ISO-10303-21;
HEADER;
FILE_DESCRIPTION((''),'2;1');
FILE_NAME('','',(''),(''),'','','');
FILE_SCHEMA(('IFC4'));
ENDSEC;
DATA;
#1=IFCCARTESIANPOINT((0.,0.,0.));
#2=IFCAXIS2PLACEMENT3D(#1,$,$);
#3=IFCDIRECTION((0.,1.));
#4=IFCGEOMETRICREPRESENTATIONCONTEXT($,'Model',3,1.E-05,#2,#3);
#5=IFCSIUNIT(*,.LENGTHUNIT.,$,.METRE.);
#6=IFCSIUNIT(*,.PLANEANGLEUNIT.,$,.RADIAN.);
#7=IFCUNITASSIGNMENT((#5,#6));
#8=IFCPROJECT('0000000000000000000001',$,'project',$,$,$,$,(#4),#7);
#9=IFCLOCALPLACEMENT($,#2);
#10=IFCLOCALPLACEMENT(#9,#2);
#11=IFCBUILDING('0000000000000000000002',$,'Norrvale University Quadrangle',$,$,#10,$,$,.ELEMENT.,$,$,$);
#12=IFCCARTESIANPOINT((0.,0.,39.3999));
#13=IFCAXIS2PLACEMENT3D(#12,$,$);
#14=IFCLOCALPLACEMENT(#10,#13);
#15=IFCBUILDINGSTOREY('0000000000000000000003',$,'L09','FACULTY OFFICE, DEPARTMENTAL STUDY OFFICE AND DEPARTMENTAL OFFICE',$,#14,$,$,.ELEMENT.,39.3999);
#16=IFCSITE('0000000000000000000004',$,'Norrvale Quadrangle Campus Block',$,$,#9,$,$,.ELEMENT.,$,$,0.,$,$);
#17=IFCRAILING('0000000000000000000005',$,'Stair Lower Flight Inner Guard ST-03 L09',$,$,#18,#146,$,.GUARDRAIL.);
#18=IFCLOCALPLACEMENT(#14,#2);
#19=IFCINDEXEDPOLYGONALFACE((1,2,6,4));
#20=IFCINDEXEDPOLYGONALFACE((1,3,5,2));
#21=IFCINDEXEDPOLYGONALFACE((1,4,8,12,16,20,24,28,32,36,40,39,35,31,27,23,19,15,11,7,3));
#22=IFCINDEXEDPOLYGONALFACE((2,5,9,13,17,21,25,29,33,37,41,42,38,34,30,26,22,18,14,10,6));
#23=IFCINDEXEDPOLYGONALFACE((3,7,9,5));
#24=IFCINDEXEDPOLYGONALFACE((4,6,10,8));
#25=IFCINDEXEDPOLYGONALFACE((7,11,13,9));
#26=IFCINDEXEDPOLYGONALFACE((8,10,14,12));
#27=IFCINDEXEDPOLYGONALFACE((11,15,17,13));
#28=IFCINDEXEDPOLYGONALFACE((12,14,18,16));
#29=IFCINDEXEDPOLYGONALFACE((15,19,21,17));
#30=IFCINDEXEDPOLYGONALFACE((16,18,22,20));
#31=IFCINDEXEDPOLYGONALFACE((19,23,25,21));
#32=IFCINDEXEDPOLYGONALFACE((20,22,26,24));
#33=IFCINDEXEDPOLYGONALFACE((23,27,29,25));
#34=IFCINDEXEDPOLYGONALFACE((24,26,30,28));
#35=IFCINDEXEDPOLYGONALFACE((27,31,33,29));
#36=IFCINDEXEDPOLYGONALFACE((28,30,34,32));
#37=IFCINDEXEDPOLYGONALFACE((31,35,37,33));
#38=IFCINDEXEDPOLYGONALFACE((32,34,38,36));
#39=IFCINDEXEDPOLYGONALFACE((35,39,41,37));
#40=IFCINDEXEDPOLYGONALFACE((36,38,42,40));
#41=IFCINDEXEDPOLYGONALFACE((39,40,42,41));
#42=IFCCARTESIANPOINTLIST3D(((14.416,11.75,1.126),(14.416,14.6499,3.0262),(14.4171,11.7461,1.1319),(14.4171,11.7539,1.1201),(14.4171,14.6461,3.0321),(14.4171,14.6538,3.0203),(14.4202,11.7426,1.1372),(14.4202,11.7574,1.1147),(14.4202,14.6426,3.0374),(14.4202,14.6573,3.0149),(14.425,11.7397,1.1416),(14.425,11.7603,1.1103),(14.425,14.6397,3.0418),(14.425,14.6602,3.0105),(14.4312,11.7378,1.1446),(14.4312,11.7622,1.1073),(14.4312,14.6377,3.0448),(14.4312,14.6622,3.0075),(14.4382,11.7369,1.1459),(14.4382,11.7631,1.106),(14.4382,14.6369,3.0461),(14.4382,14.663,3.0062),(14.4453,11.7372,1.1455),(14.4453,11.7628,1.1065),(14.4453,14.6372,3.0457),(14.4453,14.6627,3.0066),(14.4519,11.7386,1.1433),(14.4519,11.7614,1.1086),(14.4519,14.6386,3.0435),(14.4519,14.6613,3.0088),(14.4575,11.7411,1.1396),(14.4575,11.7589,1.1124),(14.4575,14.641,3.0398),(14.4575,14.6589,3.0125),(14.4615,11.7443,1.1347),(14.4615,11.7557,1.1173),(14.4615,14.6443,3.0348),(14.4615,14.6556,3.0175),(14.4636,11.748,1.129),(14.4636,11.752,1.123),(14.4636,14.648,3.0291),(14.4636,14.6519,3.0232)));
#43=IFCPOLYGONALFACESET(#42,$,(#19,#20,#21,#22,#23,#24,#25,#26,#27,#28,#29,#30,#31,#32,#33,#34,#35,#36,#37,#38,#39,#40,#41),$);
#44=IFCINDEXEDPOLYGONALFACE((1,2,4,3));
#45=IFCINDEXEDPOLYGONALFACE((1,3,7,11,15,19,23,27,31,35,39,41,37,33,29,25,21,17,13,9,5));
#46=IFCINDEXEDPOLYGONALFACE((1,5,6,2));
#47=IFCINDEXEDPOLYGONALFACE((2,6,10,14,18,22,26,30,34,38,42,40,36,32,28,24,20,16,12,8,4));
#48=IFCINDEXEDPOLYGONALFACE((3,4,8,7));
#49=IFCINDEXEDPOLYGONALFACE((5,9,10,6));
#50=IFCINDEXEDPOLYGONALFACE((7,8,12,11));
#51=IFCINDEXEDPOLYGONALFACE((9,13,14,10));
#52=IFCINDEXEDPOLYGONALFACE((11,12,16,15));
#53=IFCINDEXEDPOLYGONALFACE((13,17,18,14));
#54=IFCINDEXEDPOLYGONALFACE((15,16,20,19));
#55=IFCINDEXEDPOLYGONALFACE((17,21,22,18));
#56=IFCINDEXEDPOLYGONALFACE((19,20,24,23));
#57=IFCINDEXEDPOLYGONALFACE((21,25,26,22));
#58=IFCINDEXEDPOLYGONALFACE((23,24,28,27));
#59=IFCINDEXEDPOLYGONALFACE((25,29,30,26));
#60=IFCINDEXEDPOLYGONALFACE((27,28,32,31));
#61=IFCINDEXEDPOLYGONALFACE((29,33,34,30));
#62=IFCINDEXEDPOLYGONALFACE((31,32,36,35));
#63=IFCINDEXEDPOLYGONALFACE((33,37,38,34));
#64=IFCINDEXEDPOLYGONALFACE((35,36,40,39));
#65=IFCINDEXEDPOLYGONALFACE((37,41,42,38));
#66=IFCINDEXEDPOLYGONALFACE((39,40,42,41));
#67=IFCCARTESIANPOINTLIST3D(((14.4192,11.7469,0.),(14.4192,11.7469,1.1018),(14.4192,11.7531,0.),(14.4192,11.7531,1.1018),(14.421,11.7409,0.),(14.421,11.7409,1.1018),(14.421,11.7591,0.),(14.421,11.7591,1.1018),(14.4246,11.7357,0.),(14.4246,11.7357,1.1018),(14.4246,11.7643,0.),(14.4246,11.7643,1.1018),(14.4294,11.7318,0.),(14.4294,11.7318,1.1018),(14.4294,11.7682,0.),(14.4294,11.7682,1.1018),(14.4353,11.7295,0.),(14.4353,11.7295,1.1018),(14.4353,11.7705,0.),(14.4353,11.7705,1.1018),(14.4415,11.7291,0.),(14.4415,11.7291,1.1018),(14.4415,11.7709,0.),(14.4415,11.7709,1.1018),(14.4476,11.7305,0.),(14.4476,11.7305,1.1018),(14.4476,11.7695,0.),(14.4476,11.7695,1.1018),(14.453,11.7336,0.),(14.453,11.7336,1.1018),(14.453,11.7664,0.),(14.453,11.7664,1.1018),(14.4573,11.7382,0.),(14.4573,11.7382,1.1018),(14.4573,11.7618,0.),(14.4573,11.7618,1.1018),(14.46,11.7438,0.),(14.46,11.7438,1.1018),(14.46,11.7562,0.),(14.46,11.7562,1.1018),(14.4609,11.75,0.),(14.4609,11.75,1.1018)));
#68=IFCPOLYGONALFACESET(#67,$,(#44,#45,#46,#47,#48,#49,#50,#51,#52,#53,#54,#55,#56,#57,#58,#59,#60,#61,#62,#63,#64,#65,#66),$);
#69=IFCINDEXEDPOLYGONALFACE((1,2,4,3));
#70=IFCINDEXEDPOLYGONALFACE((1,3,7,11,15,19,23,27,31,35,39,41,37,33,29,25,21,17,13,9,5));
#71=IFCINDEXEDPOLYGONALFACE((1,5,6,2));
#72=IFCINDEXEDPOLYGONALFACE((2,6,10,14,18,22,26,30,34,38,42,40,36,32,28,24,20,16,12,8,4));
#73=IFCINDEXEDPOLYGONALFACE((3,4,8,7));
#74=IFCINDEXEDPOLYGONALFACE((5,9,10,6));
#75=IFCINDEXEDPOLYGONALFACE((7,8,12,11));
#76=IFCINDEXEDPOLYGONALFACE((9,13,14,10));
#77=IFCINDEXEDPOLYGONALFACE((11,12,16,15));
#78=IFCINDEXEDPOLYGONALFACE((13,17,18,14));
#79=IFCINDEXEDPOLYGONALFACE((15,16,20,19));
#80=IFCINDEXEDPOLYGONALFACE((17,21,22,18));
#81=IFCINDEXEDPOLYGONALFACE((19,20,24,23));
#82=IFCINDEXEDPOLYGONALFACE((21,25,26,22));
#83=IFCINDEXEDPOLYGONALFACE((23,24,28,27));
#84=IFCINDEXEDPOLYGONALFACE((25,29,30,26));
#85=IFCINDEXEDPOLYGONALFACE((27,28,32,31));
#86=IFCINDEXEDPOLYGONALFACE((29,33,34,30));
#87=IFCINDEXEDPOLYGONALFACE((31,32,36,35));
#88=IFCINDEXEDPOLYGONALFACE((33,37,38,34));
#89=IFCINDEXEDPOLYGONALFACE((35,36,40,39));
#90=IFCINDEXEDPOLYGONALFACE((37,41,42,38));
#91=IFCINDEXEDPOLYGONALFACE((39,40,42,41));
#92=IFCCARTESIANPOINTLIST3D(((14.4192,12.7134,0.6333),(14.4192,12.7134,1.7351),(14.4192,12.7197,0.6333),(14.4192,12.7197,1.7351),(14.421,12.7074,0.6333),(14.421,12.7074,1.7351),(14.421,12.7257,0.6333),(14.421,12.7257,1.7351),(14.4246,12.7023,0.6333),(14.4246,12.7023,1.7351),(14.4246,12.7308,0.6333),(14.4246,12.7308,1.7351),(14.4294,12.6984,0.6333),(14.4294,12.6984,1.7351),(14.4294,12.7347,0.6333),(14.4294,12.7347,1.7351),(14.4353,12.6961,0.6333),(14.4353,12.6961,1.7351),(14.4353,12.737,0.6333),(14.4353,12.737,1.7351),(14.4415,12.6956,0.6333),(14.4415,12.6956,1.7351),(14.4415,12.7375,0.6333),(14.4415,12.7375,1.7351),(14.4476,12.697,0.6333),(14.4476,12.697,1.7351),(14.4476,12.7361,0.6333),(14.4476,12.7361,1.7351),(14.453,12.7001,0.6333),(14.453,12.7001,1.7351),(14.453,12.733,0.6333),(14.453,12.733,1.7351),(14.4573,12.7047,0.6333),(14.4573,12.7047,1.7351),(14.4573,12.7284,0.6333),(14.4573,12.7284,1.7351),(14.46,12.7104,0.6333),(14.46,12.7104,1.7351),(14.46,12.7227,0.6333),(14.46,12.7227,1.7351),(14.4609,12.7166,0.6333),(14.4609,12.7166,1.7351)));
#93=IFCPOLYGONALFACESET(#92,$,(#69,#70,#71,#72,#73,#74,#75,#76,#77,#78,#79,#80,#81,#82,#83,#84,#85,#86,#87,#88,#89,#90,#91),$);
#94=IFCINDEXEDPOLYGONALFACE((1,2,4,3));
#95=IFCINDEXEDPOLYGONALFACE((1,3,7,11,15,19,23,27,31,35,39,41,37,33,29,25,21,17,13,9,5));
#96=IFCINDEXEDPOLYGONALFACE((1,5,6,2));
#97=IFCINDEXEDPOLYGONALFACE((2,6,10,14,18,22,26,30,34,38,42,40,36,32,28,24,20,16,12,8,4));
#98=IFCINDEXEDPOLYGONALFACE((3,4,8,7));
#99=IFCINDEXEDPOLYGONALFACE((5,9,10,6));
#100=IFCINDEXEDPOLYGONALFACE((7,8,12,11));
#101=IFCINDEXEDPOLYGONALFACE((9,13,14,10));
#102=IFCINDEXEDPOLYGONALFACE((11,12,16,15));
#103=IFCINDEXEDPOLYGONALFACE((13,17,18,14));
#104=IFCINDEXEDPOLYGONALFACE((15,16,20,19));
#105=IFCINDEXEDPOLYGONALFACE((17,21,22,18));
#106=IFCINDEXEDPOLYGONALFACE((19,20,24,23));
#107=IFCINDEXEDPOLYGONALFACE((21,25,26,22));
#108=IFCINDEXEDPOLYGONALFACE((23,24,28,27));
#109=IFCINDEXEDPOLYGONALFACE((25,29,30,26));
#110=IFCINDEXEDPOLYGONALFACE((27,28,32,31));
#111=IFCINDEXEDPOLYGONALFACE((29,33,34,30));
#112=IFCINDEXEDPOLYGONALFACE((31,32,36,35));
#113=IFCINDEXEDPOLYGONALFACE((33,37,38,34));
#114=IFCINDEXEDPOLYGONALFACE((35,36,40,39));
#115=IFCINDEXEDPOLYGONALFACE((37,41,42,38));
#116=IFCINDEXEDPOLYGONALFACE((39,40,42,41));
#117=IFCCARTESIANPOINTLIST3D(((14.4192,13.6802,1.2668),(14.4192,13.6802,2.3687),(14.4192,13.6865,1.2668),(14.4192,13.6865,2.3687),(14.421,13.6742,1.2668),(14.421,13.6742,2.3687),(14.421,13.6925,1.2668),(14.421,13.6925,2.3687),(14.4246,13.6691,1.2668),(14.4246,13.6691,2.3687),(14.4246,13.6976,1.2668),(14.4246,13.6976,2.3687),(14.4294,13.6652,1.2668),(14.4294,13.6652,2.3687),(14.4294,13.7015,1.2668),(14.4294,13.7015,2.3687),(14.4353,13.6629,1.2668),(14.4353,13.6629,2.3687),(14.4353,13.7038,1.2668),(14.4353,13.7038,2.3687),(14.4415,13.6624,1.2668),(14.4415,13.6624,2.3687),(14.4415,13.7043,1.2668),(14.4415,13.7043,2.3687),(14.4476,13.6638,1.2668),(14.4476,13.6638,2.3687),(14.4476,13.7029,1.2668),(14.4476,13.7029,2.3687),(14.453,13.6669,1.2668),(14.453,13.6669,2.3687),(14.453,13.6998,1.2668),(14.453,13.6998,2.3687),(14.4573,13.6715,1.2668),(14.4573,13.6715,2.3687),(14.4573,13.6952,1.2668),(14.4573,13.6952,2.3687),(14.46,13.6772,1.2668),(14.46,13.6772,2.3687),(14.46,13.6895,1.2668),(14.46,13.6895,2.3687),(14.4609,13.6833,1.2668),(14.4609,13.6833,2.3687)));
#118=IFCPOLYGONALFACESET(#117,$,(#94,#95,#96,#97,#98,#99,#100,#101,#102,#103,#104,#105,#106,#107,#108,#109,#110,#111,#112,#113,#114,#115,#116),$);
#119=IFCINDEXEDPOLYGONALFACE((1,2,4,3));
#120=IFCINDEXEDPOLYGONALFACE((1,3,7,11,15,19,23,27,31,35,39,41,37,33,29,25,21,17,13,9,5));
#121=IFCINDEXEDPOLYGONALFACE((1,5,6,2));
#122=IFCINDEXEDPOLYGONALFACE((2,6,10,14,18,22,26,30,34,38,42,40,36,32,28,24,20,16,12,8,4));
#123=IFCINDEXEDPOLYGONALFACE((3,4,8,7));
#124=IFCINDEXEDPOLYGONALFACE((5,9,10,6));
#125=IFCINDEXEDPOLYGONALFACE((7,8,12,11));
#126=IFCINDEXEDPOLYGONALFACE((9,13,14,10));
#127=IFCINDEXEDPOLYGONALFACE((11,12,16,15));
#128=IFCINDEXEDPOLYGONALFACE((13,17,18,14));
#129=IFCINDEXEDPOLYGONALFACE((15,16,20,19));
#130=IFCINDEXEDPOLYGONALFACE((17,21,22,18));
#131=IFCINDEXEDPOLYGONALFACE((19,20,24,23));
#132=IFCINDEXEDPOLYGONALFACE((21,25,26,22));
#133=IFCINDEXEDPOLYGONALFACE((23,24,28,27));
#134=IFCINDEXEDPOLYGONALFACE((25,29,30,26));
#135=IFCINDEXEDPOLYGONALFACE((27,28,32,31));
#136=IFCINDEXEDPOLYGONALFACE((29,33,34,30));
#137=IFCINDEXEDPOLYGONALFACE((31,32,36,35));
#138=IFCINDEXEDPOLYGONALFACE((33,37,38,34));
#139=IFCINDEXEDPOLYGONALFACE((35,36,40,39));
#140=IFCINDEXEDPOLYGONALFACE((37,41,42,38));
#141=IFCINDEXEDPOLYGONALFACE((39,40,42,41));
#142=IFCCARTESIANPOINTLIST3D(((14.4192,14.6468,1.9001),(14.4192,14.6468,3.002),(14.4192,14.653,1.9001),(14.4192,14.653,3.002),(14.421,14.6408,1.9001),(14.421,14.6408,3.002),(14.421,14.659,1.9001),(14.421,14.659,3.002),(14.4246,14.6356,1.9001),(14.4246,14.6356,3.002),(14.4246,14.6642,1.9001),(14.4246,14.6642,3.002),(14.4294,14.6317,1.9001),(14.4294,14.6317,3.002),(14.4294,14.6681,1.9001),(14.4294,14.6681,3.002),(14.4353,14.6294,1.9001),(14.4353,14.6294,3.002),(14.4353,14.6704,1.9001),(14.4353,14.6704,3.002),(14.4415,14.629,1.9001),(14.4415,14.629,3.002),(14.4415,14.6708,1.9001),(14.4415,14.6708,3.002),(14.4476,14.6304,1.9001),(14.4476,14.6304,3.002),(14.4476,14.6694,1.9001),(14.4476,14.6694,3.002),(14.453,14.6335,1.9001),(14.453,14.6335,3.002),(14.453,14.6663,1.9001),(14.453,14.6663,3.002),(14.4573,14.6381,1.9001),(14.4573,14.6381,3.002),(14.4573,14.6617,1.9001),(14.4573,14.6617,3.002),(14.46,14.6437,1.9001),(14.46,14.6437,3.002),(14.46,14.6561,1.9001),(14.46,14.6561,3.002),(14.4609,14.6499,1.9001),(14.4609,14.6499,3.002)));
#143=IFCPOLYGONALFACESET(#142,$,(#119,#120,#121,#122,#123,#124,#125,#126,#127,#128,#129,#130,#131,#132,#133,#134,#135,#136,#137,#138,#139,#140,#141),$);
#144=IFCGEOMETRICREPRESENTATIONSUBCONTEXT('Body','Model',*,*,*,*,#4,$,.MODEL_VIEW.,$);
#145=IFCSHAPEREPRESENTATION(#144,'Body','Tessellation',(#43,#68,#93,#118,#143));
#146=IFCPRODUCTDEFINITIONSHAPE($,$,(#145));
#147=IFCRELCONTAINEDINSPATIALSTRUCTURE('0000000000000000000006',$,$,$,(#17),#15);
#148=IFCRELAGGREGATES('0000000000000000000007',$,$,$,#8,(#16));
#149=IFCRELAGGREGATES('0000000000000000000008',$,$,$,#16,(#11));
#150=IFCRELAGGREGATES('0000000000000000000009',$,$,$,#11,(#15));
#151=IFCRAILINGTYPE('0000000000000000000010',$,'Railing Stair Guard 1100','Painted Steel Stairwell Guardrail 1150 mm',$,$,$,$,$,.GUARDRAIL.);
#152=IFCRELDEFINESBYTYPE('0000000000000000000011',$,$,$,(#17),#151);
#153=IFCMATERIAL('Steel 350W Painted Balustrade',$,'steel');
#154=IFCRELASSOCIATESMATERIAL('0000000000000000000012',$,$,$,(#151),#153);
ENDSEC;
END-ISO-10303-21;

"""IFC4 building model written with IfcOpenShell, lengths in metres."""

from ifc_helpers import new_model, si_unit, direction, frame, origin, origin_2d, place, context, subcontext, project, spatial, circle, extrude, material, type_object, element, save


model = new_model("IFC4")

# Units and contexts
model_context = context("Model", 3, precision=1e-05, world=origin(), true_north=direction((0.0, 1.0)))
body_context = subcontext(model_context, "Body", "Model", "MODEL_VIEW")
ifc_project = project(units=[si_unit("LENGTHUNIT", "METRE"), si_unit("PLANEANGLEUNIT", "RADIAN")], contexts=[model_context])

# Site, building, storey
site_placement = place(None, origin())
site = spatial("IfcSite", under=ifc_project, at=site_placement, Name="Norrvale Quadrangle Campus Block", CompositionType="ELEMENT", RefElevation=0.0)
building_placement = place(site_placement, origin())
building = spatial("IfcBuilding", under=site, at=building_placement, Name="Norrvale University Quadrangle", CompositionType="ELEMENT")
storey_placement = place(building_placement, frame((0.0, 0.0, 39.3999)))
storey = spatial("IfcBuildingStorey", under=building, at=storey_placement, Name="L09", Description="FACULTY OFFICE, DEPARTMENTAL STUDY OFFICE AND DEPARTMENTAL OFFICE", CompositionType="ELEMENT", Elevation=39.3999)

# Railing
ifc_material_1 = material(Name="Steel 350W Painted Balustrade", Category="steel")
railing_type_1 = type_object("IfcRailingType", Name="Railing Stair Guard 1100", Description="Painted Steel Stairwell Guardrail 1150 mm", PredefinedType="GUARDRAIL", material=ifc_material_1)
railing_1_placement = place(storey_placement, frame((14.4399, 11.75, 0.0)))
element("IfcRailing", 1, at=railing_1_placement, inside=storey, type_object=railing_type_1, Name="Stair Lower Flight Inner Guard ST-03 L09", PredefinedType="GUARDRAIL", context=body_context, shape_type="SweptSolid", body=[
    extrude(circle(Radius=0.0239, at=origin_2d()), frame((0.0, 0.0, 1.126), z_axis=(0.0, 0.836433, 0.548069), x_axis=(-1.0, 0.0, 0.0)), (0.0, 0.0, 1.0), 3.467),
    extrude(circle(Radius=0.021, at=origin_2d()), origin(), (0.0, 0.0, 1.0), 1.1018),
    extrude(circle(Radius=0.021, at=origin_2d()), frame((0.0, 0.9666, 0.6333)), (0.0, 0.0, 1.0), 1.1018),
    extrude(circle(Radius=0.021, at=origin_2d()), frame((0.0, 1.9333, 1.2668)), (0.0, 0.0, 1.0), 1.1018),
    extrude(circle(Radius=0.021, at=origin_2d()), frame((0.0, 2.8999, 1.9001)), (0.0, 0.0, 1.0), 1.1018),
])

save(model, "model.ifc")
